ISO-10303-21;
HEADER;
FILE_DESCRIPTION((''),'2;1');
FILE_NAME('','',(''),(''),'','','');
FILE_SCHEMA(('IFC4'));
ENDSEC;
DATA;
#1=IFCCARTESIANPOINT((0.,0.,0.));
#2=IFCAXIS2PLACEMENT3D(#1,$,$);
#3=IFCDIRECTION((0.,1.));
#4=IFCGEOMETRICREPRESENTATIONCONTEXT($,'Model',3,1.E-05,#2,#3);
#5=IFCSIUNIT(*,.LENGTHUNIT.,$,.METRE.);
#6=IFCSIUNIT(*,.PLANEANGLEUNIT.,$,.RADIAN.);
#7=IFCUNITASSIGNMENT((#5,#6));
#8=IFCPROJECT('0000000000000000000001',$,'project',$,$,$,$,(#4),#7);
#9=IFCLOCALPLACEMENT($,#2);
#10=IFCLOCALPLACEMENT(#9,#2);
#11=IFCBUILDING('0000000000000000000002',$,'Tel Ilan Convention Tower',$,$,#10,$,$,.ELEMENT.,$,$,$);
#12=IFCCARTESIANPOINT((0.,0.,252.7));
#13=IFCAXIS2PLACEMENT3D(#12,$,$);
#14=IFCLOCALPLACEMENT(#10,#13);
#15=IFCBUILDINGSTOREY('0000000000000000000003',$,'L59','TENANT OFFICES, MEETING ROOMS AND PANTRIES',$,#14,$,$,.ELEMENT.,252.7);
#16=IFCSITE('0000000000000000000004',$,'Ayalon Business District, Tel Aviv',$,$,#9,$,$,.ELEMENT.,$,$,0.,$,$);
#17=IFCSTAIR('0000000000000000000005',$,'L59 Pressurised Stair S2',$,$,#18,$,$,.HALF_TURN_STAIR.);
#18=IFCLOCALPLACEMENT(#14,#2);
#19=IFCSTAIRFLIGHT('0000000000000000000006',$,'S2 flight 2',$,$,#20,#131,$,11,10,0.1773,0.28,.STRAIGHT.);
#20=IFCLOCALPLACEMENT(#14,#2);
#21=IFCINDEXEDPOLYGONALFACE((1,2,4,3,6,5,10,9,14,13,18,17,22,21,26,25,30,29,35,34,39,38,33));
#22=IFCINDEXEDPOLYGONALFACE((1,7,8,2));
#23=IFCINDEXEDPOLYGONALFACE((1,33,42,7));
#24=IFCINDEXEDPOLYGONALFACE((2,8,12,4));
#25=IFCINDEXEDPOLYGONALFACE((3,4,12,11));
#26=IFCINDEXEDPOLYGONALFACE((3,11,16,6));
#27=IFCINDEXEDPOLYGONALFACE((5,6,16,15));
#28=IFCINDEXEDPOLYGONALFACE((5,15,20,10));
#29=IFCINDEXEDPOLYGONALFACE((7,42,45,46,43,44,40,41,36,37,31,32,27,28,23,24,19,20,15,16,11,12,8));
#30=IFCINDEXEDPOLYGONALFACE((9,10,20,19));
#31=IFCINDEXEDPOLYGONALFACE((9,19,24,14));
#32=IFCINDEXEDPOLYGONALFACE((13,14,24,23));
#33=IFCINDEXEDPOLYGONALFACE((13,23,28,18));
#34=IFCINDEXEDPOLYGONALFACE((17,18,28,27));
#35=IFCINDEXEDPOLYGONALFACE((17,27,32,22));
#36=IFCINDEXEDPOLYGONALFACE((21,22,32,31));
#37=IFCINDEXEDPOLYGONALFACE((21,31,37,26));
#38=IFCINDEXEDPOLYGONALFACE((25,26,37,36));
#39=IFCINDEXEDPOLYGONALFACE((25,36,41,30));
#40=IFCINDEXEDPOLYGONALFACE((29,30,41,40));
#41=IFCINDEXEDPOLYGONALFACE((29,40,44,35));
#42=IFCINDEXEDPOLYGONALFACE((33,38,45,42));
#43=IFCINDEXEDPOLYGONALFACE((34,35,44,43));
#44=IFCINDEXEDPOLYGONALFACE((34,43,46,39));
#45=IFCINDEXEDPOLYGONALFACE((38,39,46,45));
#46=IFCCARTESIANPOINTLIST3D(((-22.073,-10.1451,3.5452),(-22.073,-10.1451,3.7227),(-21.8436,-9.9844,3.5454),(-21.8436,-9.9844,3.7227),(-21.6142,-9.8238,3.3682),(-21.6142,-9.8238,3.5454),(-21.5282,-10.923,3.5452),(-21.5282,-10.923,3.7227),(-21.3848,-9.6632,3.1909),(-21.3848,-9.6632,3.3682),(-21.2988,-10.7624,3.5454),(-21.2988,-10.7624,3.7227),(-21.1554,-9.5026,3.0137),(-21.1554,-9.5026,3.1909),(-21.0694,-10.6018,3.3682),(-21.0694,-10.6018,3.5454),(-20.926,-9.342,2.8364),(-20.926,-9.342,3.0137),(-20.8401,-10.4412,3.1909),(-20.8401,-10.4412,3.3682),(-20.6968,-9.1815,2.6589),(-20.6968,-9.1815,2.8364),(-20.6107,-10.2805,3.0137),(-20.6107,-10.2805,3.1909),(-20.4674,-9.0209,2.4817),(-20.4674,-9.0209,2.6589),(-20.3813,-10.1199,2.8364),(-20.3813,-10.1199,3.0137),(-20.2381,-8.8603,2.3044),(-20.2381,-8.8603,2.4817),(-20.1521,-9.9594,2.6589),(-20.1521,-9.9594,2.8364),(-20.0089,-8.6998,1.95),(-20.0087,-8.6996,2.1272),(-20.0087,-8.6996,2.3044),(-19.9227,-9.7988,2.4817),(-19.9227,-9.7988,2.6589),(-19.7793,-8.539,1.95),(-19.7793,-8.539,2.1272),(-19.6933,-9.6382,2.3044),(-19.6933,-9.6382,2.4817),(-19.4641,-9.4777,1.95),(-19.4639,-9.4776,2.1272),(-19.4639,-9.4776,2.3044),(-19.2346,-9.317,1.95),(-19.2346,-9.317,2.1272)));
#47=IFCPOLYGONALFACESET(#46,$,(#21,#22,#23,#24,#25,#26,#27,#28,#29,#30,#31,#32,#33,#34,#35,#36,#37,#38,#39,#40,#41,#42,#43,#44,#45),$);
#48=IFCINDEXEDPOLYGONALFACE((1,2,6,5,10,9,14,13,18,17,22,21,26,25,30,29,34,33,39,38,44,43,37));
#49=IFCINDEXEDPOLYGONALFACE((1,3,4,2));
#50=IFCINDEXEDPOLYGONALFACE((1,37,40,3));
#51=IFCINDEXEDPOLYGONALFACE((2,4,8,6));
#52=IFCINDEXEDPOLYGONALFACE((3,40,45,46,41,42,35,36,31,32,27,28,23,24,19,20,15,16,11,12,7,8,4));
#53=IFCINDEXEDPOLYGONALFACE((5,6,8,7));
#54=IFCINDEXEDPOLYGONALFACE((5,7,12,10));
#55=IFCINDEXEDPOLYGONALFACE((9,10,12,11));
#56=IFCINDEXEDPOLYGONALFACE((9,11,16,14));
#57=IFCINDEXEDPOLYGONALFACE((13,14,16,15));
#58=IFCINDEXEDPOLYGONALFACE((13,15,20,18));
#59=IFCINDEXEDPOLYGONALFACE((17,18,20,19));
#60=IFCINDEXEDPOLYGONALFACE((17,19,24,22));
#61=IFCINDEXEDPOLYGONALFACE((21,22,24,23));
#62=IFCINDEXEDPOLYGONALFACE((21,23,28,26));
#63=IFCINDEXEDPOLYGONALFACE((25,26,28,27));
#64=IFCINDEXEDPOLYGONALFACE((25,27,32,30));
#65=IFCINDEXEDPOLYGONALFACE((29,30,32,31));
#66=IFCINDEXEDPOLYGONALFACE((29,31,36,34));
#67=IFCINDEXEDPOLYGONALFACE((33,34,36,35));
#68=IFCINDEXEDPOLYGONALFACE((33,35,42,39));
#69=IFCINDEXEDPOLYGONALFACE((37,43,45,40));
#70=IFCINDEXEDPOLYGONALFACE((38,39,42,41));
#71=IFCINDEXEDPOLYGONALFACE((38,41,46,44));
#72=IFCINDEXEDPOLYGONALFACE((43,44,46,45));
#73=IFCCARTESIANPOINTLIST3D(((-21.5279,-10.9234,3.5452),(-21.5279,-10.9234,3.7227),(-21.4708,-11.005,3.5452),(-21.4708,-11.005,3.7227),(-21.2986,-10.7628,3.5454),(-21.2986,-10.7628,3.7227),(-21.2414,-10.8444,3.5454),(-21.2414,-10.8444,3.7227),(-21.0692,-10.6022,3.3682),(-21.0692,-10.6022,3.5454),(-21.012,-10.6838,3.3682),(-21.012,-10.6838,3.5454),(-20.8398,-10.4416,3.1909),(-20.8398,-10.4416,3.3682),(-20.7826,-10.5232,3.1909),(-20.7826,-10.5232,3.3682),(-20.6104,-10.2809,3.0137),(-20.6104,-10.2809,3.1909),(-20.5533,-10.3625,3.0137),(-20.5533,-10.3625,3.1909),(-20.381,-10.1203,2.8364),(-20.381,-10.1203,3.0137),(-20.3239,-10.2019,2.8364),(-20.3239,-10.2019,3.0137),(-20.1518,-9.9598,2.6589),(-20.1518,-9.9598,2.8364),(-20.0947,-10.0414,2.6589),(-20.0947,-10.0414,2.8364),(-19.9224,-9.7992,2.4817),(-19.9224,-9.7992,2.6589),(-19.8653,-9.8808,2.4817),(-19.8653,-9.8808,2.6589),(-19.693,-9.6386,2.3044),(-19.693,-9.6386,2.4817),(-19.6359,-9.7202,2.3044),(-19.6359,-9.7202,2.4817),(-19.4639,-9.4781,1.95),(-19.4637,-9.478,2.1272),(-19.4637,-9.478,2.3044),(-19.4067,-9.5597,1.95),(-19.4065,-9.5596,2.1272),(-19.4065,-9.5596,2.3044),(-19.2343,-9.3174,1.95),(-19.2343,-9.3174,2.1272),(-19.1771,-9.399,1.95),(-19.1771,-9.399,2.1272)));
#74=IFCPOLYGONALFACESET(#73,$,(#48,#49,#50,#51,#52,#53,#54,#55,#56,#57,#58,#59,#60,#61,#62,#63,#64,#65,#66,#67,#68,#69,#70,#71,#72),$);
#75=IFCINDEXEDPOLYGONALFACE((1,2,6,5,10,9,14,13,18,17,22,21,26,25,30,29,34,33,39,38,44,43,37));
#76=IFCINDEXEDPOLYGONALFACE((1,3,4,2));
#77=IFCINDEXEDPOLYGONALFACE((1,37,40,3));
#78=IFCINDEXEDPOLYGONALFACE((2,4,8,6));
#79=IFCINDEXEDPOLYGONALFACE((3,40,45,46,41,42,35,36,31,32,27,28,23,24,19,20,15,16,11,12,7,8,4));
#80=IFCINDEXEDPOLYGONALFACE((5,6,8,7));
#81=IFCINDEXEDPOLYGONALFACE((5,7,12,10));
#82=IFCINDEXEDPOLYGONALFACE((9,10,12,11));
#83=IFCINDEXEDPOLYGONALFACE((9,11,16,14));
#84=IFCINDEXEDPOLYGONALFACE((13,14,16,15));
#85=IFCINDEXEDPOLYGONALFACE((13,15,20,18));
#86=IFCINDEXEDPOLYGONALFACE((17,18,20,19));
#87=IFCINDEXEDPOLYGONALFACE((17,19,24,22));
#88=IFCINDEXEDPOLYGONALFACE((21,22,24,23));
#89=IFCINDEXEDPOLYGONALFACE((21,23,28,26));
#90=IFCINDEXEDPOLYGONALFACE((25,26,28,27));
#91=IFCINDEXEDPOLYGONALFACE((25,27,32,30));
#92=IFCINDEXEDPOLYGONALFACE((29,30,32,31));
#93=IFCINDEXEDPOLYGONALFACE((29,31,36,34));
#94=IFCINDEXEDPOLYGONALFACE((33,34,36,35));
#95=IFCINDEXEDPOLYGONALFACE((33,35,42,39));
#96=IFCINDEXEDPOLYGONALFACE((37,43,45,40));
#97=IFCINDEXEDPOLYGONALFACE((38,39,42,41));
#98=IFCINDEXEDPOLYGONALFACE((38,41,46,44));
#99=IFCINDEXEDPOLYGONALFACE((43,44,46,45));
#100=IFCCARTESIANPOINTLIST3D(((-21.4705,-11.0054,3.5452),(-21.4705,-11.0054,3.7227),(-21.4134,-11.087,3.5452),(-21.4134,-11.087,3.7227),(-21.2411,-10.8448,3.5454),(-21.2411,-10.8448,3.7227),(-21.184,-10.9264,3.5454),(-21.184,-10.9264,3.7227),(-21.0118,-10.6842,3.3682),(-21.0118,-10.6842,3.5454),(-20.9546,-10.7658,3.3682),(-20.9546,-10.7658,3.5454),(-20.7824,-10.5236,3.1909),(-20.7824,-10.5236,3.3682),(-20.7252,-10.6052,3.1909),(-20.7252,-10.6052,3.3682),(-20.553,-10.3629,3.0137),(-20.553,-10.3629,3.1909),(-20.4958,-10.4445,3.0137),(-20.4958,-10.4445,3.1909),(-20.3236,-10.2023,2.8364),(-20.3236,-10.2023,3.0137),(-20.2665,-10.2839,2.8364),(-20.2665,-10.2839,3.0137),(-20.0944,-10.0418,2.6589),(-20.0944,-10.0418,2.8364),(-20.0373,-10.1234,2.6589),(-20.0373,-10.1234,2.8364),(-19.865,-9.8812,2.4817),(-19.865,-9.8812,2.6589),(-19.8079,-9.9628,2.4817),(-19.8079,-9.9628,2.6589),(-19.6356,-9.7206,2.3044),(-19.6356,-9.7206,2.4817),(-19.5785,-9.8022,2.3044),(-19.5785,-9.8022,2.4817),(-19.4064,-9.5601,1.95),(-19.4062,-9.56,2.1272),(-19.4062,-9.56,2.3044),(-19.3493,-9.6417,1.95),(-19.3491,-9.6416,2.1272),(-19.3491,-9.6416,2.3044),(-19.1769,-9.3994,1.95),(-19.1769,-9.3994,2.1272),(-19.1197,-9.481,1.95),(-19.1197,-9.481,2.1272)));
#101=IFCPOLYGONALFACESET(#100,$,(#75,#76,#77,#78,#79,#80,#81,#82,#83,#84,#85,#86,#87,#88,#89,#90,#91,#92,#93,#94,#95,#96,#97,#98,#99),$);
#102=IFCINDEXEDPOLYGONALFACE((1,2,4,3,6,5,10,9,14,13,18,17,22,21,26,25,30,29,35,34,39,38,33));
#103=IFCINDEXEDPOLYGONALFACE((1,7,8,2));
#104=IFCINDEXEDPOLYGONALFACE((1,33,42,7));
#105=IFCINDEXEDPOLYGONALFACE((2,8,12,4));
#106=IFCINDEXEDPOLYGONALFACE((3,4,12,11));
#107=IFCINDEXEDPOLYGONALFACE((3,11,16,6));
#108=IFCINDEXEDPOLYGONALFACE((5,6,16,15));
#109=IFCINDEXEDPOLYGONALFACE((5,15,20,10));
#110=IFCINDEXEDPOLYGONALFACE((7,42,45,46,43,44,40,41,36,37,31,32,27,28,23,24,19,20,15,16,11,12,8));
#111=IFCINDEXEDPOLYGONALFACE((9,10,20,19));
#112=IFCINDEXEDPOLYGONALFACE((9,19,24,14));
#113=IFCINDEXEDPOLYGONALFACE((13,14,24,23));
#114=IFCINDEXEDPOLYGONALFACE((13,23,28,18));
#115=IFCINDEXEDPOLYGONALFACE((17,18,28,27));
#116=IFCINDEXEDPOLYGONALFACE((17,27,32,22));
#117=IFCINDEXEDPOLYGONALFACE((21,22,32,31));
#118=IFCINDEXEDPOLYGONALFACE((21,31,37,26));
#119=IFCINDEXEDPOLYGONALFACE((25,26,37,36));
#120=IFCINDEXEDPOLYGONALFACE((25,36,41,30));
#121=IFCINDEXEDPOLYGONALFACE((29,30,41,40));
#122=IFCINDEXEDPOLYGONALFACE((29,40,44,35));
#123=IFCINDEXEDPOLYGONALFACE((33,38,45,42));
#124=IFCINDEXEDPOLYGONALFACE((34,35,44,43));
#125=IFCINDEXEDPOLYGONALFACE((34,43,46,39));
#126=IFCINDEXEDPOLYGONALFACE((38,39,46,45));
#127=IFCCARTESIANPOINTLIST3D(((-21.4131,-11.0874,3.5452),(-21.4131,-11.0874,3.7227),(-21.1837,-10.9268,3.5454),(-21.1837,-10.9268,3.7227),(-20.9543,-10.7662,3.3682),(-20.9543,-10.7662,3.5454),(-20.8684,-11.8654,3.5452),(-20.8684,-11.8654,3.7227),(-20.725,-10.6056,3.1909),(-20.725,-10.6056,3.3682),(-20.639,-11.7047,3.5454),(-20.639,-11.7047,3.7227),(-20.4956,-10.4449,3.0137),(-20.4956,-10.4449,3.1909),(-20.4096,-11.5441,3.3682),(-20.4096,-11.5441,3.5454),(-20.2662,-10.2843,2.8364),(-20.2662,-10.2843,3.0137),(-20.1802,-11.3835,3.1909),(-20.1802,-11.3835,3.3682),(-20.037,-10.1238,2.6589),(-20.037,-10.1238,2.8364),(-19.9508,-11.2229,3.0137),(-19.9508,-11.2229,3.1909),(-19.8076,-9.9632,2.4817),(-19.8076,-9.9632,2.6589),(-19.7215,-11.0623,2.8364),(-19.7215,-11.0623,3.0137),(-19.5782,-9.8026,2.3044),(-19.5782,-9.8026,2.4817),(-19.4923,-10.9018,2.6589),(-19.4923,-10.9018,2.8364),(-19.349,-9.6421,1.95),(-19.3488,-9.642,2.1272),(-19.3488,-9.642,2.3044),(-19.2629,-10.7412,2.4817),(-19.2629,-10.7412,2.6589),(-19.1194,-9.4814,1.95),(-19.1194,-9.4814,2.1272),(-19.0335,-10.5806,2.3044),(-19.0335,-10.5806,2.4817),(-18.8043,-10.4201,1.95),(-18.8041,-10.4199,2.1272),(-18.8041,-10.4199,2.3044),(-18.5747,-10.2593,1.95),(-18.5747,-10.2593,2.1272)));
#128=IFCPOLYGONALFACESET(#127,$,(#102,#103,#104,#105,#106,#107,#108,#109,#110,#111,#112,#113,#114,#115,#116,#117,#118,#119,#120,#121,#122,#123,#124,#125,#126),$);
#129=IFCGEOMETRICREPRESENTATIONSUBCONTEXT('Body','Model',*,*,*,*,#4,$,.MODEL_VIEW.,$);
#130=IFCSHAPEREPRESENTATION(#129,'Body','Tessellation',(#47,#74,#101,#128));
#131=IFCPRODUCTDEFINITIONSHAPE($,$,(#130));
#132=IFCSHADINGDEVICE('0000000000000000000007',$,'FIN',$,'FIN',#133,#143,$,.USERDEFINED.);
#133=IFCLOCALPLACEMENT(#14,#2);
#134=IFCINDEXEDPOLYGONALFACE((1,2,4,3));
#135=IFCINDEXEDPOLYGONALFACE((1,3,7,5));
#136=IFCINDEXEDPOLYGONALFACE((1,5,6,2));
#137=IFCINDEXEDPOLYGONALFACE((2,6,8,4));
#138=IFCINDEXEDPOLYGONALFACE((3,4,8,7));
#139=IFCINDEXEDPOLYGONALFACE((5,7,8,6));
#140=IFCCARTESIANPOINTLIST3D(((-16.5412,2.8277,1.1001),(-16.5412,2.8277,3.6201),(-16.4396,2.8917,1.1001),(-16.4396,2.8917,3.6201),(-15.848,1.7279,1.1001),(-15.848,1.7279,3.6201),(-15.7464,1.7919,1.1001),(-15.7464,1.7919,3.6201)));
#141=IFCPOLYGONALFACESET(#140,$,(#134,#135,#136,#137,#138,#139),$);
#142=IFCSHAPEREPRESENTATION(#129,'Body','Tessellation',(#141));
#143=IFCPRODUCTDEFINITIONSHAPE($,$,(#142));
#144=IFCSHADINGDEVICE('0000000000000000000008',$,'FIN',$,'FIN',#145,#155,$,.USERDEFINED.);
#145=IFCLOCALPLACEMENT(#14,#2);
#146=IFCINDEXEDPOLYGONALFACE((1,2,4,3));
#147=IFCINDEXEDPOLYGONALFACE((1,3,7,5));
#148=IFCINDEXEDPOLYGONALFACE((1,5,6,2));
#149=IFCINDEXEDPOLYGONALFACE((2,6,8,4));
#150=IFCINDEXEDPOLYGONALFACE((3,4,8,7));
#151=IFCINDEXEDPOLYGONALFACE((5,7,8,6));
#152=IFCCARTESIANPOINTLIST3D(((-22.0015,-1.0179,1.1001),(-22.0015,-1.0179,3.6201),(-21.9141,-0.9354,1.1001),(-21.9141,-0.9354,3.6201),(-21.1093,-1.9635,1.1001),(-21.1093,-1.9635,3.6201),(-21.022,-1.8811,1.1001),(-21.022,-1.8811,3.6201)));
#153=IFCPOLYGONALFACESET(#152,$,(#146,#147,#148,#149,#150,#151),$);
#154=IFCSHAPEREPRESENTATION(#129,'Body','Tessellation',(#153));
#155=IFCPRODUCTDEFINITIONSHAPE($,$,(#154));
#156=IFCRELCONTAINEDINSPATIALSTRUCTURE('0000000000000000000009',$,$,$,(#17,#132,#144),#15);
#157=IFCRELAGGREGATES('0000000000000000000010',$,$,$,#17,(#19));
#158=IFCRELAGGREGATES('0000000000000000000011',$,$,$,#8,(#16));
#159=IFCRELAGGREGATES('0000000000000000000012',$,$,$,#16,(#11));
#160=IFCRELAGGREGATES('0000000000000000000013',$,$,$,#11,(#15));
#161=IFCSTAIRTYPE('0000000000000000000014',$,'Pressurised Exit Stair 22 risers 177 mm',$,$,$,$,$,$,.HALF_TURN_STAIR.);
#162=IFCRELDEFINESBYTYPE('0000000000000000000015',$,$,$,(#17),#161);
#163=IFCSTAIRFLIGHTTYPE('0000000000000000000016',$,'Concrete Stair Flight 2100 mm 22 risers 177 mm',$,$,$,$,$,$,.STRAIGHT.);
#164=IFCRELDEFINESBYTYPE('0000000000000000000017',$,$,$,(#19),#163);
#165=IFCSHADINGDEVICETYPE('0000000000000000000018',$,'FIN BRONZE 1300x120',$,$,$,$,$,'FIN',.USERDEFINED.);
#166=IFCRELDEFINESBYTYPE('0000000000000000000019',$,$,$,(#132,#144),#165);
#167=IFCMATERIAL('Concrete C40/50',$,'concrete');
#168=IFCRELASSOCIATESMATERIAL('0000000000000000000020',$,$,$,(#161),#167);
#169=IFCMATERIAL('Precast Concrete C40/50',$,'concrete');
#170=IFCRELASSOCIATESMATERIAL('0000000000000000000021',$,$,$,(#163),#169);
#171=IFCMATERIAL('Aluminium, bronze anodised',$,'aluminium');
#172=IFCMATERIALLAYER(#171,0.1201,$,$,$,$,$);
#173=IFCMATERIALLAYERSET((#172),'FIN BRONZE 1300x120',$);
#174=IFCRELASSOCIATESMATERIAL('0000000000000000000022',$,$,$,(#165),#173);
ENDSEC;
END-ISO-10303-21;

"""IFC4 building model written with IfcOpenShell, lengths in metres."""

from ifc_helpers import new_model, si_unit, direction, frame, origin, origin_2d, place, context, subcontext, project, spatial, polyline, rectangle, outline, extrude, material, layer, layer_set, type_object, element, aggregate, save


model = new_model("IFC4")

# Units and contexts
model_context = context("Model", 3, precision=1e-05, world=origin(), true_north=direction((0.0, 1.0)))
body_context = subcontext(model_context, "Body", "Model", "MODEL_VIEW")
ifc_project = project(units=[si_unit("LENGTHUNIT", "METRE"), si_unit("PLANEANGLEUNIT", "RADIAN")], contexts=[model_context])

# Site, building, storey
site_placement = place(None, origin())
site = spatial("IfcSite", under=ifc_project, at=site_placement, Name="Ayalon Business District, Tel Aviv", CompositionType="ELEMENT", RefElevation=0.0)
building_placement = place(site_placement, origin())
building = spatial("IfcBuilding", under=site, at=building_placement, Name="Tel Ilan Convention Tower", CompositionType="ELEMENT")
storey_placement = place(building_placement, frame((0.0, 0.0, 252.7)))
storey = spatial("IfcBuildingStorey", under=building, at=storey_placement, Name="L59", Description="TENANT OFFICES, MEETING ROOMS AND PANTRIES", CompositionType="ELEMENT", Elevation=252.7)

# Shared definitions
ifc_material_1 = material(Name="Concrete C40/50", Category="concrete")
stair_type = type_object("IfcStairType", Name="Pressurised Exit Stair 22 risers 177 mm", PredefinedType="HALF_TURN_STAIR", material=ifc_material_1)
ifc_material_2 = material(Name="Precast Concrete C40/50", Category="concrete")
stair_flight_type = type_object("IfcStairFlightType", Name="Concrete Stair Flight 2100 mm 22 risers 177 mm", PredefinedType="STRAIGHT", material=ifc_material_2)

# Stair, stair flight
stair_1_placement = place(storey_placement, origin())
stair_1 = element("IfcStair", 1, at=stair_1_placement, inside=storey, type_object=stair_type, Name="L59 Pressurised Stair S2", PredefinedType="HALF_TURN_STAIR")
stair_flight_1_placement = place(storey_placement, frame((-19.177, -9.3992, 1.95), z_axis=(0.0, 0.0, 1.0), x_axis=(-0.819152, -0.573576, 0.0)))
stair_flight_1 = element("IfcStairFlight", 2, at=stair_flight_1_placement, type_object=stair_flight_type, Name="S2 flight 2", NumberOfRisers=11, NumberOfTreads=10, PredefinedType="STRAIGHT", RiserHeight=0.1773, TreadLength=0.28, context=body_context, shape_type="SweptSolid", body=[
    extrude(outline(polyline([(0.0, 0.0), (0.0, 0.1772), (0.28, 0.1772), (0.28, 0.3545), (0.5601, 0.3545), (0.5601, 0.5317), (0.8401, 0.5317), (0.8401, 0.709), (1.1201, 0.709), (1.1201, 0.8865), (1.3999, 0.8865), (1.3999, 1.0637), (1.6799, 1.0637), (1.6799, 1.241), (1.96, 1.241), (1.96, 1.4182), (2.24, 1.4182), (2.24, 1.5955), (2.52, 1.5955), (2.52, 1.7727), (2.8, 1.7727), (2.8, 1.95), (2.8, 1.5952), (0.2803, 0.0), (0.0, 0.0)])), frame((0.0, -0.1003, 0.0), z_axis=(0.0, -1.0, 0.0), x_axis=(1.0, 0.0, 0.0)), (0.0, 0.0, 1.0), 0.9497),
    extrude(outline(polyline([(0.0, 0.0), (0.0, 0.1772), (0.28, 0.1772), (0.28, 0.3545), (0.5601, 0.3545), (0.5601, 0.5317), (0.8401, 0.5317), (0.8401, 0.709), (1.1201, 0.709), (1.1201, 0.8865), (1.3999, 0.8865), (1.3999, 1.0637), (1.6799, 1.0637), (1.6799, 1.241), (1.96, 1.241), (1.96, 1.4182), (2.24, 1.4182), (2.24, 1.5955), (2.52, 1.5955), (2.52, 1.7727), (2.8, 1.7727), (2.8, 1.95), (2.8, 1.5952), (0.2803, 0.0), (0.0, 0.0)])), frame((0.0, -0.0002, 0.0), z_axis=(0.0, -1.0, 0.0), x_axis=(1.0, 0.0, 0.0)), (0.0, 0.0, 1.0), 0.0996),
    extrude(outline(polyline([(0.0, 0.0), (0.0, 0.1772), (0.28, 0.1772), (0.28, 0.3545), (0.5601, 0.3545), (0.5601, 0.5317), (0.8401, 0.5317), (0.8401, 0.709), (1.1201, 0.709), (1.1201, 0.8865), (1.3999, 0.8865), (1.3999, 1.0637), (1.6799, 1.0637), (1.6799, 1.241), (1.96, 1.241), (1.96, 1.4182), (2.24, 1.4182), (2.24, 1.5955), (2.52, 1.5955), (2.52, 1.7727), (2.8, 1.7727), (2.8, 1.95), (2.8, 1.5952), (0.2803, 0.0), (0.0, 0.0)])), frame((0.0, 0.0999, 0.0), z_axis=(0.0, -1.0, 0.0), x_axis=(1.0, 0.0, 0.0)), (0.0, 0.0, 1.0), 0.0996),
    extrude(outline(polyline([(0.0, 0.0), (0.0, 0.1772), (0.28, 0.1772), (0.28, 0.3545), (0.5601, 0.3545), (0.5601, 0.5317), (0.8401, 0.5317), (0.8401, 0.709), (1.1201, 0.709), (1.1201, 0.8865), (1.3999, 0.8865), (1.3999, 1.0637), (1.6799, 1.0637), (1.6799, 1.241), (1.96, 1.241), (1.96, 1.4182), (2.24, 1.4182), (2.24, 1.5955), (2.52, 1.5955), (2.52, 1.7727), (2.8, 1.7727), (2.8, 1.95), (2.8, 1.5952), (0.2803, 0.0), (0.0, 0.0)])), frame((0.0, 1.05, 0.0), z_axis=(0.0, -1.0, 0.0), x_axis=(1.0, 0.0, 0.0)), (0.0, 0.0, 1.0), 0.9497),
])
aggregate(stair_1, [stair_flight_1])

# Shading devices
ifc_material_3 = material(Name="Aluminium, bronze anodised", Category="aluminium")
ifc_layer_1 = layer(ifc_material_3, 0.1201)
ifc_layer_set_1 = layer_set([ifc_layer_1], Name="FIN BRONZE 1300x120")
shading_device_type = type_object("IfcShadingDeviceType", Name="FIN BRONZE 1300x120", ElementType="FIN", PredefinedType="USERDEFINED", material=ifc_layer_set_1)
for number, where, z_axis, x_axis, name in (
    (3, (-16.1438, 2.3098, 1.1001), (0.0, 0.0, 1.0), (-0.533204, 0.845986, 0.0), "FIN"),
    (4, (-21.5117, -1.4495, 1.1001), (0.0, 0.0, 1.0), (-0.686242, 0.727374, 0.0), "FIN"),
):
    element("IfcShadingDevice", number, at=place(storey_placement, frame(where, z_axis=z_axis, x_axis=x_axis)), inside=storey, type_object=shading_device_type, Name=name, ObjectType="FIN", PredefinedType="USERDEFINED", context=body_context, shape_type="SweptSolid", body=[
        extrude(rectangle(XDim=1.3, YDim=0.1201, at=origin_2d()), origin(), (0.0, 0.0, 1.0), 2.52),
    ])

save(model, "model.ifc")
